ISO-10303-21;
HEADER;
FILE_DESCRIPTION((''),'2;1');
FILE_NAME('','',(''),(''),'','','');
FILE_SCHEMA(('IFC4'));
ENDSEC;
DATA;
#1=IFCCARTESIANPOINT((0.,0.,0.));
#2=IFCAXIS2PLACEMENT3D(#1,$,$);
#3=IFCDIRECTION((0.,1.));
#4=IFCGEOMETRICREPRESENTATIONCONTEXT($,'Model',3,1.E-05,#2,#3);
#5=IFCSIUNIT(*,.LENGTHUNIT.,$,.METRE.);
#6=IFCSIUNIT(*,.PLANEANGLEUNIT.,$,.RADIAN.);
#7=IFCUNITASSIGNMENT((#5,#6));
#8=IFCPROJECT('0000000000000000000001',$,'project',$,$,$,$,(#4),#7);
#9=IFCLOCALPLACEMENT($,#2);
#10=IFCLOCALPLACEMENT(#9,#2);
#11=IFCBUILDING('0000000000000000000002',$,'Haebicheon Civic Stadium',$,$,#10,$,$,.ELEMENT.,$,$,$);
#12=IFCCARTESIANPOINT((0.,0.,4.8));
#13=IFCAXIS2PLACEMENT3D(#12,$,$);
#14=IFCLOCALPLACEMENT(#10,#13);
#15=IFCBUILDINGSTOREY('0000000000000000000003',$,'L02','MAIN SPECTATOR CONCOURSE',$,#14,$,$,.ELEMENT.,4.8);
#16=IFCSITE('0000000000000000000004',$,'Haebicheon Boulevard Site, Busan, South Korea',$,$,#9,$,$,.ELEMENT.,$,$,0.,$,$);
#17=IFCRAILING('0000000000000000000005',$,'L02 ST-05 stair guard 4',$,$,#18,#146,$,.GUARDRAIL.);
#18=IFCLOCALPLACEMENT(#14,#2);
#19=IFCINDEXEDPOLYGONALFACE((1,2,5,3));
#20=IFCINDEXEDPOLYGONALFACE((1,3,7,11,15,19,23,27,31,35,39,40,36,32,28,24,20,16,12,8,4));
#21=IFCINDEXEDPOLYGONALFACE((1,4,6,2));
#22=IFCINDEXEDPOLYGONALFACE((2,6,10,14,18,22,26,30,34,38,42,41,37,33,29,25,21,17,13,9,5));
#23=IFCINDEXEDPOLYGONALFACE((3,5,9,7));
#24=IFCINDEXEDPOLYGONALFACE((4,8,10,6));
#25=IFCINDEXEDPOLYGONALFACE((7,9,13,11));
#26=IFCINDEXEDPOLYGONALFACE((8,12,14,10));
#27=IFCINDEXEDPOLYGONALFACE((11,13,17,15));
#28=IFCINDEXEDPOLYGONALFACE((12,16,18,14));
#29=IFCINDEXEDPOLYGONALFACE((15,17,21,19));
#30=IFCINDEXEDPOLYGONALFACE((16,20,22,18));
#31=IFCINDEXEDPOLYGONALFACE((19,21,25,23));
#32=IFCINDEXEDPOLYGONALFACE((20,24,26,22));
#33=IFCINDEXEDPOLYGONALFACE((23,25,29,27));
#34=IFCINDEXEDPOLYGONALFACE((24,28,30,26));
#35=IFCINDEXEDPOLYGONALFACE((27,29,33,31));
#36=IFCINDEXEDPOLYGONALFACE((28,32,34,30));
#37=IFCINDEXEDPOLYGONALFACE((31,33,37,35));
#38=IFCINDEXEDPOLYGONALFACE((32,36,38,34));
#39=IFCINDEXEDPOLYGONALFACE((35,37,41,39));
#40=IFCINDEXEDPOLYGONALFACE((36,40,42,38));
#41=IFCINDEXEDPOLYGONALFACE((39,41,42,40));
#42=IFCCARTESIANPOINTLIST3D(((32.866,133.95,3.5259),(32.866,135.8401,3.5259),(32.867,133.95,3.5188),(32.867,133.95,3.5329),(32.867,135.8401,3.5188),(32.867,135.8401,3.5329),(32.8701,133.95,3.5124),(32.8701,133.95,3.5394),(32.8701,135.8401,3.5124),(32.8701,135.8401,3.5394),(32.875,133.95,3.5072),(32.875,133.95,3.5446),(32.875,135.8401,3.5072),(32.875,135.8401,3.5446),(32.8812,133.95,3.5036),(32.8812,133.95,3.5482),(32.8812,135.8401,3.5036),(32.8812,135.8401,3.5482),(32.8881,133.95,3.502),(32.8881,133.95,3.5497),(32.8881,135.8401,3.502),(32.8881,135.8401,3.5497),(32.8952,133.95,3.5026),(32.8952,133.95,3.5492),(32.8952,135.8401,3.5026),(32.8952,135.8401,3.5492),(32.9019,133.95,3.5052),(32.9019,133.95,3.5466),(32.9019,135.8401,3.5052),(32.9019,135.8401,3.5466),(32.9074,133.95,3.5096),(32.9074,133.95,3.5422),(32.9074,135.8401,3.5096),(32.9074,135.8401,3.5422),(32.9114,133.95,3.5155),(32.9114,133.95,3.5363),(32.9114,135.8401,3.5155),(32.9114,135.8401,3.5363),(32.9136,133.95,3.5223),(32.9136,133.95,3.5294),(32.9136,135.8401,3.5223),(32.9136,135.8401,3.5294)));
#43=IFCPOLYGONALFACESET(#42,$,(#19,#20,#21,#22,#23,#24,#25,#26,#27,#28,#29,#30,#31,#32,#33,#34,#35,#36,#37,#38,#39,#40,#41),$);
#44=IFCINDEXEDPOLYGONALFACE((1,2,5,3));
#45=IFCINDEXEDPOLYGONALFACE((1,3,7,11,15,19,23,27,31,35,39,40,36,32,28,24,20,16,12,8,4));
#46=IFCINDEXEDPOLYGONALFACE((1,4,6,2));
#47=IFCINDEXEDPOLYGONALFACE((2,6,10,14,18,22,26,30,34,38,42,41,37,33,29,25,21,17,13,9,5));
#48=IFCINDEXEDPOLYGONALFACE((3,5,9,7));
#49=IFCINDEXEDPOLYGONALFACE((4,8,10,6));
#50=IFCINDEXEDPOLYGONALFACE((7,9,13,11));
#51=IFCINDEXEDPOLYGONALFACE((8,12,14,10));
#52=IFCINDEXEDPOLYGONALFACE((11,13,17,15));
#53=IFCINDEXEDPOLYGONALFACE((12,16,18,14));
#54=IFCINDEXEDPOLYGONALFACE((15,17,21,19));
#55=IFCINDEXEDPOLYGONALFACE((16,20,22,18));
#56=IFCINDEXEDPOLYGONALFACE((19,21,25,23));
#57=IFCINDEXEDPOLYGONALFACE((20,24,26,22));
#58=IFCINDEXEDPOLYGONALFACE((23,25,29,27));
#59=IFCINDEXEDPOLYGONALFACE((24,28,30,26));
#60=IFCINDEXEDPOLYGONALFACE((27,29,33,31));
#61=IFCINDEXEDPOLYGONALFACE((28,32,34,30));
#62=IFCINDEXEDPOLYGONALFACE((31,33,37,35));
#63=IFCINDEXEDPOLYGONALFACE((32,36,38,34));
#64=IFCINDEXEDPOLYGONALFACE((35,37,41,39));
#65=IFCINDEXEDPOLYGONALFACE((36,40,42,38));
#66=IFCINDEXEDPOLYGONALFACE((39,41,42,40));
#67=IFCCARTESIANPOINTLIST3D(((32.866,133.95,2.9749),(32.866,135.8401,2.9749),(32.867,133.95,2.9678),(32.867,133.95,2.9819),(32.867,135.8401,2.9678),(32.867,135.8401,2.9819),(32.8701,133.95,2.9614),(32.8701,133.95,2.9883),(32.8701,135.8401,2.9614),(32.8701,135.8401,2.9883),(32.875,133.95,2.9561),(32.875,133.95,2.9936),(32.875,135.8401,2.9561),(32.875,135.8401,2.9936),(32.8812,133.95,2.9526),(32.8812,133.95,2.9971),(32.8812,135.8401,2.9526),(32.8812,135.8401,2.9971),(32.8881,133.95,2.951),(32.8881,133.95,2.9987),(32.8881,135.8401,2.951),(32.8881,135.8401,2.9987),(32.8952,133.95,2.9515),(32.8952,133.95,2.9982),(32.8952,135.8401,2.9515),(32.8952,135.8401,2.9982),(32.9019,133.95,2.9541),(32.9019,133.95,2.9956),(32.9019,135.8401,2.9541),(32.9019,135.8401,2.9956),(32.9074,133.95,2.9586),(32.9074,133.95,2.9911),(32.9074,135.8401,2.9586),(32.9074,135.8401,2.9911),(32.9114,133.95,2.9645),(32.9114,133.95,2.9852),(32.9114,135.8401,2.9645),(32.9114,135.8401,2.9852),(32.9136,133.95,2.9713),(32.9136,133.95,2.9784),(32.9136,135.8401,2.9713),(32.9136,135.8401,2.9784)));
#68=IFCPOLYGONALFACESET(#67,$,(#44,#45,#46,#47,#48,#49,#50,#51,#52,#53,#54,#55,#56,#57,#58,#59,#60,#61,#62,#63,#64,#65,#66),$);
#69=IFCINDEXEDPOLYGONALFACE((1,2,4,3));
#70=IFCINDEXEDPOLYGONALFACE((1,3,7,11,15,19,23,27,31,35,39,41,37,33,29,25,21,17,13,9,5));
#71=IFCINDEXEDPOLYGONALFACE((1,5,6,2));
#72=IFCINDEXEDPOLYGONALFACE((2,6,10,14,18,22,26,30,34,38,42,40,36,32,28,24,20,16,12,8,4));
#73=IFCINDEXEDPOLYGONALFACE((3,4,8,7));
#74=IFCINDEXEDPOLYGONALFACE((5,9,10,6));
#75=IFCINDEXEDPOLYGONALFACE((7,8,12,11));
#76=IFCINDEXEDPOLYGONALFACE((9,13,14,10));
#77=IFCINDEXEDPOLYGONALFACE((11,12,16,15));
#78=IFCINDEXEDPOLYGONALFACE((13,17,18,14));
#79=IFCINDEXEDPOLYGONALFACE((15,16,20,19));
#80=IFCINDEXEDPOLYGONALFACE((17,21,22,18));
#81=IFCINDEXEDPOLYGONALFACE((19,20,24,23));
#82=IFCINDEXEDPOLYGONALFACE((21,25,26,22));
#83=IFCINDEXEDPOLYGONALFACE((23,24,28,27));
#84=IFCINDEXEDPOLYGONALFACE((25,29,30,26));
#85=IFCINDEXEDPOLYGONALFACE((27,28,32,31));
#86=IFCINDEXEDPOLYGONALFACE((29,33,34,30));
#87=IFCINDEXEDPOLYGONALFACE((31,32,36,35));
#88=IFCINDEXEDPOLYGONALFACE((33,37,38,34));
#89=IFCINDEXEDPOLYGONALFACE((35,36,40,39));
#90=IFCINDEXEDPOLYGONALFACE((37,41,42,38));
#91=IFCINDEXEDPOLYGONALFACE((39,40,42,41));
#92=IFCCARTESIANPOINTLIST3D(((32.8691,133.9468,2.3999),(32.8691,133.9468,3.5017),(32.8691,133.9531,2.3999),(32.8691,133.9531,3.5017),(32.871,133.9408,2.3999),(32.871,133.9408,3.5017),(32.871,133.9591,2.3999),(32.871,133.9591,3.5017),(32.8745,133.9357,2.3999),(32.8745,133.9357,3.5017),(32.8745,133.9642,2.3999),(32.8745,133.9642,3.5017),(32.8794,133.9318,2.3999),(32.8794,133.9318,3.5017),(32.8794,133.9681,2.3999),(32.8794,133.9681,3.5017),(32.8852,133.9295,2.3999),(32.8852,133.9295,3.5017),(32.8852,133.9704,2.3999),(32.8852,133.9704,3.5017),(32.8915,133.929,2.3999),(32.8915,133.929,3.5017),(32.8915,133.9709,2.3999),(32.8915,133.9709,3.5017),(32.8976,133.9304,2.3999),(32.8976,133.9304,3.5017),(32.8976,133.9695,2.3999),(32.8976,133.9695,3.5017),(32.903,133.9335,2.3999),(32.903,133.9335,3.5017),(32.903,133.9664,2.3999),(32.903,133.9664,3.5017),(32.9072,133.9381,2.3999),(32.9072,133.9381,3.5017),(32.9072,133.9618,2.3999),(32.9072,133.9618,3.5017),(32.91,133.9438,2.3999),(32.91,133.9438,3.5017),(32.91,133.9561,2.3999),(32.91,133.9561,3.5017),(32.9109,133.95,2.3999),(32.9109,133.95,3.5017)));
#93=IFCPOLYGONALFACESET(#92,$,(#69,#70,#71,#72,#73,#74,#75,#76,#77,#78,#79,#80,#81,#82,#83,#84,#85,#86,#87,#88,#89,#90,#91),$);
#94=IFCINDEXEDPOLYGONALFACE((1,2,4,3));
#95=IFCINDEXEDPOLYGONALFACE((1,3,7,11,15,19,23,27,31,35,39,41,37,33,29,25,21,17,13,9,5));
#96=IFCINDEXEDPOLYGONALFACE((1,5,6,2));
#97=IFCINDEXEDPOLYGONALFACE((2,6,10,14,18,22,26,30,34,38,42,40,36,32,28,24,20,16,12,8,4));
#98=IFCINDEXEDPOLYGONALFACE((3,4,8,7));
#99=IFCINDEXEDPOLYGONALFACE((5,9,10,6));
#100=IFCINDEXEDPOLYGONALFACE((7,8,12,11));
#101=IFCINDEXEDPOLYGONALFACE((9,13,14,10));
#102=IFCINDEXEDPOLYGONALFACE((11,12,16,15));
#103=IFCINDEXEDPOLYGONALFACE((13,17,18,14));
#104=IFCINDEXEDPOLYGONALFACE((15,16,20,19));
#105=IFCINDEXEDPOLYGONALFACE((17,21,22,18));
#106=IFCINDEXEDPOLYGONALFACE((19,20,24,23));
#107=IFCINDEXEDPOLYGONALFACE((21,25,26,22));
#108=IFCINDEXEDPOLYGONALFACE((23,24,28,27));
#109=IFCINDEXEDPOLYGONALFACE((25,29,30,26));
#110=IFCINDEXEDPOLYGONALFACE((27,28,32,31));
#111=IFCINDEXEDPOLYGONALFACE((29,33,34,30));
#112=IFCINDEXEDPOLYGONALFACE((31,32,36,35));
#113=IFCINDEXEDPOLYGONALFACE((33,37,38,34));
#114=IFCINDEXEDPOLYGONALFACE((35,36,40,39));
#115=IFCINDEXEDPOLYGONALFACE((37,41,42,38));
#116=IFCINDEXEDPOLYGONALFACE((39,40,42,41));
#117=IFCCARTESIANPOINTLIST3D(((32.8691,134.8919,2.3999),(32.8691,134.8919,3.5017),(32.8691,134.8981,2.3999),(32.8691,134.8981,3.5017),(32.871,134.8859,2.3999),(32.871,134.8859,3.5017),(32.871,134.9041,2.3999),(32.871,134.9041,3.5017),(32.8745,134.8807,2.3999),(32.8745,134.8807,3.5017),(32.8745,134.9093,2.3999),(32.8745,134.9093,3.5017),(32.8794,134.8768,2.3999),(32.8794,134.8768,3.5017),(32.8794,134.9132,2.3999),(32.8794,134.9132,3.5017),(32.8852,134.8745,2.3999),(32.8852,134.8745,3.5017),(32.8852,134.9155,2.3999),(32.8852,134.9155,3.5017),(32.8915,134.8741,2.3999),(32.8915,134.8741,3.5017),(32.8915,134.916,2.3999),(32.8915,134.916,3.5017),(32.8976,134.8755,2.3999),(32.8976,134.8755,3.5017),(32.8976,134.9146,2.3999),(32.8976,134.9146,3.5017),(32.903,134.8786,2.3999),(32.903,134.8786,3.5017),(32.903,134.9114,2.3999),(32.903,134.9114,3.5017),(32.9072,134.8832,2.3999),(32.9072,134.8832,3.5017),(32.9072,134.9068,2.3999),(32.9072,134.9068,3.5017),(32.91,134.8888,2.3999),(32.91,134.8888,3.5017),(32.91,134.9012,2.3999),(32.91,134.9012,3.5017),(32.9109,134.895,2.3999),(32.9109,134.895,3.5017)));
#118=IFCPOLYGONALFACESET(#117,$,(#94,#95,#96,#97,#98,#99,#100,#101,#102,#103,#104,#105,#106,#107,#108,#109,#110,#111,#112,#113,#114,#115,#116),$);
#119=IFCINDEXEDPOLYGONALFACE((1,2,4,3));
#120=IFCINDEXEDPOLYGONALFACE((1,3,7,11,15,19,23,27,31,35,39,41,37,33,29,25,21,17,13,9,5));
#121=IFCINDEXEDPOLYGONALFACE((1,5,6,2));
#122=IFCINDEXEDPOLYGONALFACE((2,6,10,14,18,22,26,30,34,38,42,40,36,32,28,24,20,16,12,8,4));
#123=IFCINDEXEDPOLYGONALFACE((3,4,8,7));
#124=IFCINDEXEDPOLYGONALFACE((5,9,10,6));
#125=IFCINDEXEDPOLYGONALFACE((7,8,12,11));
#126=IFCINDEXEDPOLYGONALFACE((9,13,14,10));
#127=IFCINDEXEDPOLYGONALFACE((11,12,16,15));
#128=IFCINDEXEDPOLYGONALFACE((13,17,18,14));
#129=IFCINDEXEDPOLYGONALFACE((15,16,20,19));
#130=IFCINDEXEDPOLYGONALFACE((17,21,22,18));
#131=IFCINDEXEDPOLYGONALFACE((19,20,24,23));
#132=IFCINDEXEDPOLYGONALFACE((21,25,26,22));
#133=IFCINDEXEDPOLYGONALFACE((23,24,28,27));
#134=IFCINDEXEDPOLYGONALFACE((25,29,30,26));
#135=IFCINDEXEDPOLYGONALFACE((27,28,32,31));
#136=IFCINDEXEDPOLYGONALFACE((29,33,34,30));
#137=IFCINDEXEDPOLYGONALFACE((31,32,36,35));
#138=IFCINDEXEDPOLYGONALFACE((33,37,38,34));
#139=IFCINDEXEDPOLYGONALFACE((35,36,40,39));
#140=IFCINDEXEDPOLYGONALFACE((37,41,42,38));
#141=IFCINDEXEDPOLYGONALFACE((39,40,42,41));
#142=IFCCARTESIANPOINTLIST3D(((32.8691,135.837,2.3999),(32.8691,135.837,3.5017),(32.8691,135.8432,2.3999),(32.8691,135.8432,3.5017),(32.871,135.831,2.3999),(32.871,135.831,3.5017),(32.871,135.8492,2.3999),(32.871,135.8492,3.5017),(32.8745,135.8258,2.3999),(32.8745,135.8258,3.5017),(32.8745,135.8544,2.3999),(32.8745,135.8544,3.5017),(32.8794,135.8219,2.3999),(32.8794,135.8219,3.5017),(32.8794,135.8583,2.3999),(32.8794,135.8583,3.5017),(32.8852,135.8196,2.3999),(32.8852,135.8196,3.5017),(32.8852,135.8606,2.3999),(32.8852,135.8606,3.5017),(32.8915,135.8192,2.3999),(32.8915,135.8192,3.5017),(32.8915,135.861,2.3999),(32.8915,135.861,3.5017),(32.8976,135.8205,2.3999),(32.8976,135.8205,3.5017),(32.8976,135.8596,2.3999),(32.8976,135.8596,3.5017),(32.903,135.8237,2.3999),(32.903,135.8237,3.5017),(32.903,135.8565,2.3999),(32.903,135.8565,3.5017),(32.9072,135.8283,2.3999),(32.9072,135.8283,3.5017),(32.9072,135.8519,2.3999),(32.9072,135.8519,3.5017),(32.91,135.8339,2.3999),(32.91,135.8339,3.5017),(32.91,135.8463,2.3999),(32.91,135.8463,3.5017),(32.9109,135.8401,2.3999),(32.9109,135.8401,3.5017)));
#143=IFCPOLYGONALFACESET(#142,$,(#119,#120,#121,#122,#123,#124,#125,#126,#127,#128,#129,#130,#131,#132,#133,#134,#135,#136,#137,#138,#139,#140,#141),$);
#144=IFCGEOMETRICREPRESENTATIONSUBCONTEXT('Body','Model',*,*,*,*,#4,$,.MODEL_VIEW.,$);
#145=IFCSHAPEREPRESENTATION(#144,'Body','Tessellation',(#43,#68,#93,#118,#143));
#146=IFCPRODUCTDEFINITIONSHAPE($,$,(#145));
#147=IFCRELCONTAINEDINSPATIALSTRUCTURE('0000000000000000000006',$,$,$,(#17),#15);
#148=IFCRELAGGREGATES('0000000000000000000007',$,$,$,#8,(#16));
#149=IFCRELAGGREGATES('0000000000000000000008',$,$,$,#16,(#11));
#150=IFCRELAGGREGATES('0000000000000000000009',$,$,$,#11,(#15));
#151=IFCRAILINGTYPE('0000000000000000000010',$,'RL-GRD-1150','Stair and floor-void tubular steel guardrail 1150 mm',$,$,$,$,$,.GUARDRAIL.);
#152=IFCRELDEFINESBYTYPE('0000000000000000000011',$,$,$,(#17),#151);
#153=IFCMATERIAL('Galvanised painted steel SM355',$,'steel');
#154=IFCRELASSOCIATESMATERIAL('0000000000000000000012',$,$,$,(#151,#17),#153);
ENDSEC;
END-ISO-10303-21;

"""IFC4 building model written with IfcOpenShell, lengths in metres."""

from ifc_helpers import new_model, si_unit, direction, frame, origin, origin_2d, place, context, subcontext, project, spatial, circle, extrude, material, type_object, element, save


model = new_model("IFC4")

# Units and contexts
model_context = context("Model", 3, precision=1e-05, world=origin(), true_north=direction((0.0, 1.0)))
body_context = subcontext(model_context, "Body", "Model", "MODEL_VIEW")
ifc_project = project(units=[si_unit("LENGTHUNIT", "METRE"), si_unit("PLANEANGLEUNIT", "RADIAN")], contexts=[model_context])

# Site, building, storey
site_placement = place(None, origin())
site = spatial("IfcSite", under=ifc_project, at=site_placement, Name="Haebicheon Boulevard Site, Busan, South Korea", CompositionType="ELEMENT", RefElevation=0.0)
building_placement = place(site_placement, origin())
building = spatial("IfcBuilding", under=site, at=building_placement, Name="Haebicheon Civic Stadium", CompositionType="ELEMENT")
storey_placement = place(building_placement, frame((0.0, 0.0, 4.8)))
storey = spatial("IfcBuildingStorey", under=building, at=storey_placement, Name="L02", Description="MAIN SPECTATOR CONCOURSE", CompositionType="ELEMENT", Elevation=4.8)

# Railing
ifc_material_1 = material(Name="Galvanised painted steel SM355", Category="steel")
railing_type_1 = type_object("IfcRailingType", Name="RL-GRD-1150", Description="Stair and floor-void tubular steel guardrail 1150 mm", PredefinedType="GUARDRAIL", material=ifc_material_1)
for number, where, name in (
    (1, (32.8899, 133.95, 2.3999), "L02 ST-05 stair guard 4"),
):
    element("IfcRailing", number, at=place(storey_placement, frame(where)), inside=storey, type_object=railing_type_1, material=ifc_material_1, Name=name, PredefinedType="GUARDRAIL", context=body_context, shape_type="SweptSolid", body=[
        extrude(circle(Radius=0.0239, at=origin_2d()), frame((0.0, 0.0, 1.126), z_axis=(0.0, 1.0, 0.0), x_axis=(-1.0, 0.0, 0.0)), (0.0, 0.0, 1.0), 1.8901),
        extrude(circle(Radius=0.0239, at=origin_2d()), frame((0.0, 0.0, 0.575), z_axis=(0.0, 1.0, 0.0), x_axis=(-1.0, 0.0, 0.0)), (0.0, 0.0, 1.0), 1.8901),
        extrude(circle(Radius=0.021, at=origin_2d()), origin(), (0.0, 0.0, 1.0), 1.1018),
        extrude(circle(Radius=0.021, at=origin_2d()), frame((0.0, 0.9451, 0.0)), (0.0, 0.0, 1.0), 1.1018),
        extrude(circle(Radius=0.021, at=origin_2d()), frame((0.0, 1.8901, 0.0)), (0.0, 0.0, 1.0), 1.1018),
    ])

save(model, "model.ifc")
